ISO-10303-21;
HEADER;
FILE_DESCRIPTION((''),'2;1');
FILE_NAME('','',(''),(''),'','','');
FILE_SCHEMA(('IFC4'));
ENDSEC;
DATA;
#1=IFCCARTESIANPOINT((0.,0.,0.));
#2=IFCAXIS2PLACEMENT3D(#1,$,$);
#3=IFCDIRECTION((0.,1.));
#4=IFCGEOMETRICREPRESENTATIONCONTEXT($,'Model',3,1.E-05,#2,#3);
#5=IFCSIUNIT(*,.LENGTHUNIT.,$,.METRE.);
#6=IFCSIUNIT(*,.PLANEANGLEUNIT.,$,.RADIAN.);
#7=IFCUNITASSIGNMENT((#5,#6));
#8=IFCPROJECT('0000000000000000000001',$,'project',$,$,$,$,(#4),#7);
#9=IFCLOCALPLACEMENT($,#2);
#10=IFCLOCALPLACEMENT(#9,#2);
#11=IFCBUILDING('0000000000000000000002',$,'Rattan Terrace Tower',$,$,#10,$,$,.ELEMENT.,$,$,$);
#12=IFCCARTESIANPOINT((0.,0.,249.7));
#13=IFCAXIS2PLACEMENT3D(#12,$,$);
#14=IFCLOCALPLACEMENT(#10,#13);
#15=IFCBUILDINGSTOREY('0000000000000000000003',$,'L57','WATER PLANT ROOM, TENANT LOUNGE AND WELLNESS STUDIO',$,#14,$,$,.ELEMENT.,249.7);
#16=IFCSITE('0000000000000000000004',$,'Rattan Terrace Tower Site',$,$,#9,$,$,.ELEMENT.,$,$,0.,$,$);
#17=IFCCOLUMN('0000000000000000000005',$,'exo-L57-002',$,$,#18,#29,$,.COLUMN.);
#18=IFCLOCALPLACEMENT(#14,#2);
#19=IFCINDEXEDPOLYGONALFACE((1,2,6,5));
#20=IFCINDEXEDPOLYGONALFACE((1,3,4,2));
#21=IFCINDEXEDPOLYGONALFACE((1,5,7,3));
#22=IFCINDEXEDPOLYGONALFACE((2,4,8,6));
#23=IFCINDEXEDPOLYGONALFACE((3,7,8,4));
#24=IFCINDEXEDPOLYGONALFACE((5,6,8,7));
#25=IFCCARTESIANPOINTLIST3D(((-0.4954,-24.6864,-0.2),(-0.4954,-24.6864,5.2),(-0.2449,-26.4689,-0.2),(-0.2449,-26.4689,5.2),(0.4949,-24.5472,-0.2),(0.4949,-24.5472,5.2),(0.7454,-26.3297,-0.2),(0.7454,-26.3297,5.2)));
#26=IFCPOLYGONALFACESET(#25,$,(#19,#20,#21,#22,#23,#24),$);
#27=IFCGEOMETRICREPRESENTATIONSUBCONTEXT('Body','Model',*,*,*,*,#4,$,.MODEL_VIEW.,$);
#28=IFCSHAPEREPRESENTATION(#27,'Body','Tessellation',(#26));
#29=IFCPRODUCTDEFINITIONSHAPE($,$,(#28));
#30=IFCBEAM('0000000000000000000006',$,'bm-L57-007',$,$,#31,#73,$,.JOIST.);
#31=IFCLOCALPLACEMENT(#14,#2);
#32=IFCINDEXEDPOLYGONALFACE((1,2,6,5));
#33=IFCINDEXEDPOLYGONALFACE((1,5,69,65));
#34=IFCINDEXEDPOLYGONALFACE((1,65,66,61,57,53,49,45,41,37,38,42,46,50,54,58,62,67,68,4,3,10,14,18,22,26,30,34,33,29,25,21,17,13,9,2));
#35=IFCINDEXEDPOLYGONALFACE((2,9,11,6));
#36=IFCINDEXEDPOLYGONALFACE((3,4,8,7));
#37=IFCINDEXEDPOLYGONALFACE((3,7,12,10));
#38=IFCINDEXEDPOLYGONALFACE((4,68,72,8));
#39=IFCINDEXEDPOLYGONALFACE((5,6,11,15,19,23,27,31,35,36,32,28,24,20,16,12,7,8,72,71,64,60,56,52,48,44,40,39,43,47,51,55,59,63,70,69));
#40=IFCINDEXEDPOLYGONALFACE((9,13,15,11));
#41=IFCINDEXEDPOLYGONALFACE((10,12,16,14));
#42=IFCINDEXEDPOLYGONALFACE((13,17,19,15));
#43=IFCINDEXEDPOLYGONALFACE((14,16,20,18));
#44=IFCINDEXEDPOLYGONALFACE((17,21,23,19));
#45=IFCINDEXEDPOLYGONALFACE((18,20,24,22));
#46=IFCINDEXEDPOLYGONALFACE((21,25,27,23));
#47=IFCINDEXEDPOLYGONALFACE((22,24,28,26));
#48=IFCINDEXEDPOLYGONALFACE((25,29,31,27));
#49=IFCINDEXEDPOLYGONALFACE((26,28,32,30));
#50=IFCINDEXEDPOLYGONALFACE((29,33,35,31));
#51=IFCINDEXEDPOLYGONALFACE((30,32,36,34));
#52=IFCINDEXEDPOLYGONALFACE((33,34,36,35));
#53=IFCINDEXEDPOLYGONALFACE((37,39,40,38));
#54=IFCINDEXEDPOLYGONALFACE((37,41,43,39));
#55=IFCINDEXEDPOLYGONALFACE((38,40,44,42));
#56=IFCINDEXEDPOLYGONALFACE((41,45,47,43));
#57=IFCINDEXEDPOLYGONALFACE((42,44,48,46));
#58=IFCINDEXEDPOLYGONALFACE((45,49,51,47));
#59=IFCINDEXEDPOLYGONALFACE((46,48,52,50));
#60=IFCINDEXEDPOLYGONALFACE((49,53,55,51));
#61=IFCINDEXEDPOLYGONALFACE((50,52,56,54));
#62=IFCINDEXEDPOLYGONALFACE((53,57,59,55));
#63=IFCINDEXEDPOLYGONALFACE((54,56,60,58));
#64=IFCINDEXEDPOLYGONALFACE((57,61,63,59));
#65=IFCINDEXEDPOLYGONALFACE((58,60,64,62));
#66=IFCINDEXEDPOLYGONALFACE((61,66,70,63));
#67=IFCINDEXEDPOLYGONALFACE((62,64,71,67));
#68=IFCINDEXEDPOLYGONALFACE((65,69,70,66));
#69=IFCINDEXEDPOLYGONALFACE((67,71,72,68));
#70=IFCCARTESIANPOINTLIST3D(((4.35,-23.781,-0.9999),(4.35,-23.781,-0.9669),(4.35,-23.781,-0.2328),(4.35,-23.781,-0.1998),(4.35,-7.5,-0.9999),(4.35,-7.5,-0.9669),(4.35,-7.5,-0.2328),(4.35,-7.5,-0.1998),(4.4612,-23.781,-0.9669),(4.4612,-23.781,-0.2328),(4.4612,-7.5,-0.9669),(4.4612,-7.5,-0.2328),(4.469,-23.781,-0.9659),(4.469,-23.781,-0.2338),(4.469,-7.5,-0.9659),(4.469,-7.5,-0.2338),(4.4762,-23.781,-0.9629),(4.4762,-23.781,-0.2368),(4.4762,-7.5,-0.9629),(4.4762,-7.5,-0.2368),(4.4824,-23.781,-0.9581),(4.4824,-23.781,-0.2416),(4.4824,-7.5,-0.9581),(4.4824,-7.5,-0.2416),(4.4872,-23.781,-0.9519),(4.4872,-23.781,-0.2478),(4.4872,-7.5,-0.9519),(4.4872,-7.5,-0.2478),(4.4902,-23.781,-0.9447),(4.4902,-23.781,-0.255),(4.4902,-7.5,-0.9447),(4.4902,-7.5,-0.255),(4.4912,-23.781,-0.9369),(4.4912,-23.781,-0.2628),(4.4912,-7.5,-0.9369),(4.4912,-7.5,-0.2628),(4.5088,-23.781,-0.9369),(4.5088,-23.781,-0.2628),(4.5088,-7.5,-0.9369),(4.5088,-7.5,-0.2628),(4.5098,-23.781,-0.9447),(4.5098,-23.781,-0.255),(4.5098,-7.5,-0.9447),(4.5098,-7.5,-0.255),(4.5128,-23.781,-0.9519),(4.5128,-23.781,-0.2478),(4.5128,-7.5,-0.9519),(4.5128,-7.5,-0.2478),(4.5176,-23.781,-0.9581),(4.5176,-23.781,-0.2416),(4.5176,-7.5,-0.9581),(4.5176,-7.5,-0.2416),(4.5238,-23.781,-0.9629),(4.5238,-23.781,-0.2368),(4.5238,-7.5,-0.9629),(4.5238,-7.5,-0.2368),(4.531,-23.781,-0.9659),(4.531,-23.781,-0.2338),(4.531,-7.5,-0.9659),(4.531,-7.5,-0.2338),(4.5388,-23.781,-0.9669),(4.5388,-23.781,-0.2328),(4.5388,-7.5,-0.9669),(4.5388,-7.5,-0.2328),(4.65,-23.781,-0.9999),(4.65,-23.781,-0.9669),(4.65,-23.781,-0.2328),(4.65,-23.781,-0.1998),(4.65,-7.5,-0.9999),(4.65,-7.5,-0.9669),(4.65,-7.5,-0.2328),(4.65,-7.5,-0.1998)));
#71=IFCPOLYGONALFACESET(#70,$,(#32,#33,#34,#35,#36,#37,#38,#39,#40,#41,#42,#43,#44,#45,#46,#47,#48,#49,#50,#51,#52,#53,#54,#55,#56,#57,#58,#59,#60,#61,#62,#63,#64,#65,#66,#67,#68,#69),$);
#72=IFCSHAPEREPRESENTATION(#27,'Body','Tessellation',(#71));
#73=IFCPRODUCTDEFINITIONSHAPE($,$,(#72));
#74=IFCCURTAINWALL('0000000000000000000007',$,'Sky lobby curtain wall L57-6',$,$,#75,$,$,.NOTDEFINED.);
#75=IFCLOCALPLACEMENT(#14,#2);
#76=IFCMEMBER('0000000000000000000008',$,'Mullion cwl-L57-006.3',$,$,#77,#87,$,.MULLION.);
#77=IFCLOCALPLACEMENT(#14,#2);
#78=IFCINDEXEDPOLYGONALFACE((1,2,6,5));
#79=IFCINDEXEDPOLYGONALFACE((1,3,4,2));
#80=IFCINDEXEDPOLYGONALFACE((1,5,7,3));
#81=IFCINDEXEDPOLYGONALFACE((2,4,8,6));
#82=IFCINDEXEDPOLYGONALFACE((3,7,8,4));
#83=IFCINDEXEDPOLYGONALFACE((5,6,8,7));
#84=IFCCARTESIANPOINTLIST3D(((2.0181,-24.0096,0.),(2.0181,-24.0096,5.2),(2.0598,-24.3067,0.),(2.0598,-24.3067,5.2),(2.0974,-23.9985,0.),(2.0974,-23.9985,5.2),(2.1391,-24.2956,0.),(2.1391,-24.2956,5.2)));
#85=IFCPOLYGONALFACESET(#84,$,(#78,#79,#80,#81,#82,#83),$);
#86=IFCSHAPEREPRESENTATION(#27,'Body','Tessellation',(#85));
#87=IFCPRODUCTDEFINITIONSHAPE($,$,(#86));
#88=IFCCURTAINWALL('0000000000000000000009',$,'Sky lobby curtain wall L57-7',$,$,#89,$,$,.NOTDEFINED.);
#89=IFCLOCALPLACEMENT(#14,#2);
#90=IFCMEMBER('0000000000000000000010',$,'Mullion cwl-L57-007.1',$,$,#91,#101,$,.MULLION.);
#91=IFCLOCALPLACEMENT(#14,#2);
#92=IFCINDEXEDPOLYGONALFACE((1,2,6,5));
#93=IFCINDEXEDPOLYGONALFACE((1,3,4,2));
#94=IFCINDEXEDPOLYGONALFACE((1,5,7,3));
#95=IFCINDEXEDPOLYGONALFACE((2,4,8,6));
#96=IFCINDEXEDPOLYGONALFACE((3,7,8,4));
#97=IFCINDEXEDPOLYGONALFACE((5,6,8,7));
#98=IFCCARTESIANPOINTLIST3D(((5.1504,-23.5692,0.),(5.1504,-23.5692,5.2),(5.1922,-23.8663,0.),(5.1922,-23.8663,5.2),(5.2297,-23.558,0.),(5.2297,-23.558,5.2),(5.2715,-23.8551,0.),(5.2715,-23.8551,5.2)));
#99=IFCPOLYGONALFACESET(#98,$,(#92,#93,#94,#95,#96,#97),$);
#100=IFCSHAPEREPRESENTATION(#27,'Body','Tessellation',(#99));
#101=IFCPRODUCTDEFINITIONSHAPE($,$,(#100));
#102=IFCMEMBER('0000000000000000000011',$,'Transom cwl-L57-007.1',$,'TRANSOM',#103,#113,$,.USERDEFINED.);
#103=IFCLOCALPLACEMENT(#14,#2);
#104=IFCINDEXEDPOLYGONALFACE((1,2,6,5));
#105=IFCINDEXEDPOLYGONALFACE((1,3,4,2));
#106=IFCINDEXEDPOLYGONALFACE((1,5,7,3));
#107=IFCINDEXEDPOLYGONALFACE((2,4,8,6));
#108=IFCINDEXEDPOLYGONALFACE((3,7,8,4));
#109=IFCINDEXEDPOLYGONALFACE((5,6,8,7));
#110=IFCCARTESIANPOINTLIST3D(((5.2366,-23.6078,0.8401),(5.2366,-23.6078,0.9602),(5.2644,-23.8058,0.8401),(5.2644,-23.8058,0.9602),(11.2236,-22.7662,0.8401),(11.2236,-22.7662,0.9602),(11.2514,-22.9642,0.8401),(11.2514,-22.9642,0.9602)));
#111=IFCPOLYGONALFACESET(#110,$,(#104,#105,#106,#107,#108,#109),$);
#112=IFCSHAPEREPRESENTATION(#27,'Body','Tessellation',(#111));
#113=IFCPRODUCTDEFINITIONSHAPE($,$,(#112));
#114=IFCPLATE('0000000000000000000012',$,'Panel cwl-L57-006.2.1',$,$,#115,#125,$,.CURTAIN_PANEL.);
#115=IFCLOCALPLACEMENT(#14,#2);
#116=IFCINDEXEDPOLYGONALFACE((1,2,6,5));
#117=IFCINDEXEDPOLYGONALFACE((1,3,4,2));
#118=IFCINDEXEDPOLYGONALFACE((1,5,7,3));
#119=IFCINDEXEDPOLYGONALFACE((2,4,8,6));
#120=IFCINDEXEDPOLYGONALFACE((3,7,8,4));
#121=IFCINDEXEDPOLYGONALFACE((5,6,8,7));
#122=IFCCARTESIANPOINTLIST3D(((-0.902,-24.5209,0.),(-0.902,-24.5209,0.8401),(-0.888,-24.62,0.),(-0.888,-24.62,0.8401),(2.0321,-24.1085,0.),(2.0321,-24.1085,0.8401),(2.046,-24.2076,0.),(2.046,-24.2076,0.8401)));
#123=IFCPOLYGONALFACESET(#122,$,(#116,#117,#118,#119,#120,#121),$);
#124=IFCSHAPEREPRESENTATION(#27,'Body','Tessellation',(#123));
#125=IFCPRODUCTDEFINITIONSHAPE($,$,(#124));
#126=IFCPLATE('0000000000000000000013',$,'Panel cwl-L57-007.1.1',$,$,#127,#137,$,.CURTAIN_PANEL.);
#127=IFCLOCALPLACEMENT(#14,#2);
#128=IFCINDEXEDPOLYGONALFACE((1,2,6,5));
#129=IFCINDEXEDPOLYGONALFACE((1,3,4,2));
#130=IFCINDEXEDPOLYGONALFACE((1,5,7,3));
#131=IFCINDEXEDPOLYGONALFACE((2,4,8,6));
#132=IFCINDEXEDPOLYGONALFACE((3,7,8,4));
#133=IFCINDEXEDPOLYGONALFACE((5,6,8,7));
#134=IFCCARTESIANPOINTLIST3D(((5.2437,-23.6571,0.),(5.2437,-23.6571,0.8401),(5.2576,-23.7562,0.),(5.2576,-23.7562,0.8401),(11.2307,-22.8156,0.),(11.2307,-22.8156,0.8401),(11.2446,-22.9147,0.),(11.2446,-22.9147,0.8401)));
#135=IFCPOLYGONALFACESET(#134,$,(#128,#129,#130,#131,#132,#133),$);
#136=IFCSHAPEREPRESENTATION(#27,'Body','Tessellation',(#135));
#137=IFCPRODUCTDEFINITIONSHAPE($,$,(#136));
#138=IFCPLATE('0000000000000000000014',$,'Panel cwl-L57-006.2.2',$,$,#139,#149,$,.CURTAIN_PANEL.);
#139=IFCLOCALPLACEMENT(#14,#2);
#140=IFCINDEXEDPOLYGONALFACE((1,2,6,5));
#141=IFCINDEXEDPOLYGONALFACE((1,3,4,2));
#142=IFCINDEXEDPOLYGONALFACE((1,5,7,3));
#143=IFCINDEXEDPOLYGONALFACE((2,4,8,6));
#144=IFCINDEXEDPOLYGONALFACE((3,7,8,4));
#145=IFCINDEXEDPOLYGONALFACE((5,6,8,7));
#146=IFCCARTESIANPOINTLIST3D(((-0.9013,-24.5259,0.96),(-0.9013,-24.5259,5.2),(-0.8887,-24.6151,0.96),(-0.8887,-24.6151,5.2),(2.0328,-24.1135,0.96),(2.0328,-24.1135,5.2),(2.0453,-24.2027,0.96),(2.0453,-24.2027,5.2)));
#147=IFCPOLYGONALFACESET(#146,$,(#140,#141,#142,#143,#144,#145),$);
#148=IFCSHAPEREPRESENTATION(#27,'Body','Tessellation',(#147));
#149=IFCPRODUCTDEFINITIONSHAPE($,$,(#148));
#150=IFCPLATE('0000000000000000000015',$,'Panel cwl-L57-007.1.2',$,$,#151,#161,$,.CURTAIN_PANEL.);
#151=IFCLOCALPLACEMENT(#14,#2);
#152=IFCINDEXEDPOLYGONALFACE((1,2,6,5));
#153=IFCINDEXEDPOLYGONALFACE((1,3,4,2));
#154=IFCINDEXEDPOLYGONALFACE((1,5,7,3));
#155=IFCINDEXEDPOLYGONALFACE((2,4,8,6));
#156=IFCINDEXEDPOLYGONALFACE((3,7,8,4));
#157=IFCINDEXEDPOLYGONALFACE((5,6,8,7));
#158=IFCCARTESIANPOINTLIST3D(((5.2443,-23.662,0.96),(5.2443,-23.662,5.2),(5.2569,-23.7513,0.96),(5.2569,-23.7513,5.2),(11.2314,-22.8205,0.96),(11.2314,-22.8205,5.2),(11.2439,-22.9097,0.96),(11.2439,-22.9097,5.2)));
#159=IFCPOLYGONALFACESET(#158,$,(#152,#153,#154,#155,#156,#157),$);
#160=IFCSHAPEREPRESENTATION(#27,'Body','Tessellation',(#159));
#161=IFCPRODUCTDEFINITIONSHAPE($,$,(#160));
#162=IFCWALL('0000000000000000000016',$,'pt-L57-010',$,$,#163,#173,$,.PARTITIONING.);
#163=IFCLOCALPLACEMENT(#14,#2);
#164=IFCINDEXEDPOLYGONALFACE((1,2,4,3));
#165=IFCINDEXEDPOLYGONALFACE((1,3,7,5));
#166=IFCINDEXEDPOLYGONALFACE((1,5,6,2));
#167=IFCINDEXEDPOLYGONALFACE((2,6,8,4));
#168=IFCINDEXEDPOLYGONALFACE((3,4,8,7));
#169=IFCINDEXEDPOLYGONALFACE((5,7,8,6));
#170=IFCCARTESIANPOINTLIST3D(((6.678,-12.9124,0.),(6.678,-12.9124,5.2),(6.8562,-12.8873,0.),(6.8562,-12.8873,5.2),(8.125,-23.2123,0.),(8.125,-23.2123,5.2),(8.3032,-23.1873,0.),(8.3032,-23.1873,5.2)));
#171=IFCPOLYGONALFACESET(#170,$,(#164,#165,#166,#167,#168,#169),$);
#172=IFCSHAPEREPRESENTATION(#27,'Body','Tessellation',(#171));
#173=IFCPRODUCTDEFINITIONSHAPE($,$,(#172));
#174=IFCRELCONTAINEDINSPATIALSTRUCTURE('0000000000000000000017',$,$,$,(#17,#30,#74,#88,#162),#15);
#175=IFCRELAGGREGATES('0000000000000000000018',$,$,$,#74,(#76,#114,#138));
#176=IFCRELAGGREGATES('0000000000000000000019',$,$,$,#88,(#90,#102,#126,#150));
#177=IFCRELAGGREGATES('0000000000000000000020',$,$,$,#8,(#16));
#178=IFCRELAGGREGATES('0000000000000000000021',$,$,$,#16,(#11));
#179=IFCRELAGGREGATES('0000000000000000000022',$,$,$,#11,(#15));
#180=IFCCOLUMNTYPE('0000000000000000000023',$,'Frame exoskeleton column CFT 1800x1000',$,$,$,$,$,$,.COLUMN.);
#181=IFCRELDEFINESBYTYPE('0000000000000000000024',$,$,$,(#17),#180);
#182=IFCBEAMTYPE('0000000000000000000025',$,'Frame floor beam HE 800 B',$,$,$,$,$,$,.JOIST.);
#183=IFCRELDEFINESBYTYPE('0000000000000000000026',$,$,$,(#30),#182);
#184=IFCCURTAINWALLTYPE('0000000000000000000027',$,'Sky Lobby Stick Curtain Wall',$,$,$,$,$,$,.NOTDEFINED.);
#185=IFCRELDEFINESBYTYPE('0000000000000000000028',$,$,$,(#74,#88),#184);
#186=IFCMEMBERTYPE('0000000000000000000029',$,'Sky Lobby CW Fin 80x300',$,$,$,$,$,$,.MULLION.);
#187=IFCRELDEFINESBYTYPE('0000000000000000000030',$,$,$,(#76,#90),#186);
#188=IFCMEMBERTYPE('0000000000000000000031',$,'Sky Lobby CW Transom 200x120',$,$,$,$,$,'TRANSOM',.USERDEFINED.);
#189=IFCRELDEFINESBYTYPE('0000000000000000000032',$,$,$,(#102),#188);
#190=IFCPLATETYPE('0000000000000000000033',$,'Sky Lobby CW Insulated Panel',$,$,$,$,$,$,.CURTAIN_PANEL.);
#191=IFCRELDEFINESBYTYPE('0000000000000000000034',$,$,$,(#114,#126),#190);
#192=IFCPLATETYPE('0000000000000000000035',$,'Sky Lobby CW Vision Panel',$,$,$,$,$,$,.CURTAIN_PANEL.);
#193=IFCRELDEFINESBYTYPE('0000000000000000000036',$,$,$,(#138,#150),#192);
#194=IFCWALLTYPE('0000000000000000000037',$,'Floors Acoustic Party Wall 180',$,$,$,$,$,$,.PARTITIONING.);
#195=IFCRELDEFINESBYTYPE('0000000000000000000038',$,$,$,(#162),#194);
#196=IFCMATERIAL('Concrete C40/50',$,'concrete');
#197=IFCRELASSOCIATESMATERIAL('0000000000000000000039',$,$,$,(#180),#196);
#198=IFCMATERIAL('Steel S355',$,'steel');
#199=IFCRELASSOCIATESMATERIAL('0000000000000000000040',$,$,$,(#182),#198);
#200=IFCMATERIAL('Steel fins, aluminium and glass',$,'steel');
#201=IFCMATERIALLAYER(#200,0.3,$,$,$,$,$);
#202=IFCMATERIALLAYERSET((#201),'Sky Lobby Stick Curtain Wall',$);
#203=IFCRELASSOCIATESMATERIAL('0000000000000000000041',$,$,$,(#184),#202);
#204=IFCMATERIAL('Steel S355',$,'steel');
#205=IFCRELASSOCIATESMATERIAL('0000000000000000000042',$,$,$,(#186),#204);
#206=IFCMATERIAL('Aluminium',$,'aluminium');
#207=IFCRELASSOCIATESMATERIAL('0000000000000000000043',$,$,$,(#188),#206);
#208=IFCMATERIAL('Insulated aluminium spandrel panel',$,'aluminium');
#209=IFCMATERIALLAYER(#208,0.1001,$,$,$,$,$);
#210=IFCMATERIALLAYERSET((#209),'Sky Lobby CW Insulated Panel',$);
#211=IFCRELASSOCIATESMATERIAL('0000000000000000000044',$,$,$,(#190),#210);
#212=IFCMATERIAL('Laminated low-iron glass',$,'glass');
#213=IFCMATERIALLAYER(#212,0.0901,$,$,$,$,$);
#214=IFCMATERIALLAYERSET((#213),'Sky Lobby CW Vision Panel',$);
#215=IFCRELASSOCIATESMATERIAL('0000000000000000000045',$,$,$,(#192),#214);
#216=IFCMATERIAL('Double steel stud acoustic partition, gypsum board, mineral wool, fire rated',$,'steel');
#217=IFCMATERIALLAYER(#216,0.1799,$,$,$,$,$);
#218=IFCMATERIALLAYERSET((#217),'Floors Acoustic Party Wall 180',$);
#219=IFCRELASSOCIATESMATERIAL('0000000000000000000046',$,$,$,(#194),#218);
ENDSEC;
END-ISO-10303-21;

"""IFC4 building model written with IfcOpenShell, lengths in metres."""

from ifc_helpers import new_model, si_unit, direction, frame, frame_2d, origin, origin_2d, place, context, subcontext, project, spatial, rectangle, i_section, extrude, material, layer, layer_set, material_profile, profile_set, type_object, element, aggregate, save


model = new_model("IFC4")

# Units and contexts
model_context = context("Model", 3, precision=1e-05, world=origin(), true_north=direction((0.0, 1.0)))
body_context = subcontext(model_context, "Body", "Model", "MODEL_VIEW")
ifc_project = project(units=[si_unit("LENGTHUNIT", "METRE"), si_unit("PLANEANGLEUNIT", "RADIAN")], contexts=[model_context])

# Site, building, storey
site_placement = place(None, origin())
site = spatial("IfcSite", under=ifc_project, at=site_placement, Name="Rattan Terrace Tower Site", CompositionType="ELEMENT", RefElevation=0.0)
building_placement = place(site_placement, origin())
building = spatial("IfcBuilding", under=site, at=building_placement, Name="Rattan Terrace Tower", CompositionType="ELEMENT")
storey_placement = place(building_placement, frame((0.0, 0.0, 249.7)))
storey = spatial("IfcBuildingStorey", under=building, at=storey_placement, Name="L57", Description="WATER PLANT ROOM, TENANT LOUNGE AND WELLNESS STUDIO", CompositionType="ELEMENT", Elevation=249.7)

# Column
ifc_material_1 = material(Name="Concrete C40/50", Category="concrete")
ifc_material_profile_1 = material_profile(ifc_material_1, rectangle(XDim=1.0, YDim=1.8, at=origin_2d()), Name="CFT 1800x1000")
ifc_profile_set_1 = profile_set([ifc_material_profile_1], Name="Concrete C40/50")
column_type = type_object("IfcColumnType", Name="Frame exoskeleton column CFT 1800x1000", PredefinedType="COLUMN", material=ifc_profile_set_1)
column_placement = place(storey_placement, frame((0.125, -25.5081, -0.2), z_axis=(0.0, 0.0, 1.0), x_axis=(0.990266, 0.13919, 0.0)))
element("IfcColumn", 1, at=column_placement, inside=storey, type_object=column_type, Name="exo-L57-002", PredefinedType="COLUMN", context=body_context, shape_type="SweptSolid", body=[
    extrude(rectangle(XDim=1.0, YDim=1.8, at=origin_2d()), origin(), (0.0, 0.0, 1.0), 5.3999),
])

# Beam
ifc_material_2 = material(Name="Steel S355", Category="steel")
ifc_material_profile_2 = material_profile(ifc_material_2, i_section(OverallWidth=0.3, OverallDepth=0.8, WebThickness=0.0176, FlangeThickness=0.033, FilletRadius=0.03, at=origin_2d()), Name="HE 800 B")
ifc_profile_set_2 = profile_set([ifc_material_profile_2], Name="Steel S355")
beam_type = type_object("IfcBeamType", Name="Frame floor beam HE 800 B", PredefinedType="JOIST", material=ifc_profile_set_2)
beam_placement = place(storey_placement, frame((4.5, -23.781, -0.5999), z_axis=(0.0, 1.0, 0.0), x_axis=(-1.0, 0.0, 0.0)))
element("IfcBeam", 2, at=beam_placement, inside=storey, type_object=beam_type, Name="bm-L57-007", PredefinedType="JOIST", context=body_context, shape_type="SweptSolid", body=[
    extrude(i_section(OverallWidth=0.3, OverallDepth=0.8, WebThickness=0.0176, FlangeThickness=0.033, FilletRadius=0.03, at=origin_2d()), origin(), (0.0, 0.0, 1.0), 16.281),
])

# Curtain wall, member
ifc_material_3 = material(Name="Steel fins, aluminium and glass", Category="steel")
ifc_layer_1 = layer(ifc_material_3, 0.3)
ifc_layer_set_1 = layer_set([ifc_layer_1], Name="Sky Lobby Stick Curtain Wall")
curtain_wall_type = type_object("IfcCurtainWallType", Name="Sky Lobby Stick Curtain Wall", PredefinedType="NOTDEFINED", material=ifc_layer_set_1)
curtain_wall_1_placement = place(storey_placement, origin())
curtain_wall_1 = element("IfcCurtainWall", 3, at=curtain_wall_1_placement, inside=storey, type_object=curtain_wall_type, Name="Sky lobby curtain wall L57-6", PredefinedType="NOTDEFINED")
ifc_material_4 = material(Name="Steel S355", Category="steel")
ifc_material_profile_3 = material_profile(ifc_material_4, rectangle(XDim=0.0801, YDim=0.3, at=origin_2d()), Name="Steel S355 80x300")
ifc_profile_set_3 = profile_set([ifc_material_profile_3], Name="Steel S355")
member_type_1 = type_object("IfcMemberType", Name="Sky Lobby CW Fin 80x300", PredefinedType="MULLION", material=ifc_profile_set_3)
member_1_placement = place(storey_placement, frame((2.0786, -24.1526, 0.0), z_axis=(0.0, 0.0, 1.0), x_axis=(0.990266, 0.139189, 0.0)))
member_1 = element("IfcMember", 4, at=member_1_placement, type_object=member_type_1, Name="Mullion cwl-L57-006.3", PredefinedType="MULLION", context=body_context, shape_type="SweptSolid", body=[
    extrude(rectangle(XDim=0.0801, YDim=0.3, at=origin_2d()), origin(), (0.0, 0.0, 1.0), 5.2),
])

# Curtain wall, members
curtain_wall_2_placement = place(storey_placement, origin())
curtain_wall_2 = element("IfcCurtainWall", 5, at=curtain_wall_2_placement, inside=storey, type_object=curtain_wall_type, Name="Sky lobby curtain wall L57-7", PredefinedType="NOTDEFINED")
member_2_placement = place(storey_placement, frame((5.2109, -23.7122, 0.0), z_axis=(0.0, 0.0, 1.0), x_axis=(0.990266, 0.139189, 0.0)))
member_2 = element("IfcMember", 6, at=member_2_placement, type_object=member_type_1, Name="Mullion cwl-L57-007.1", PredefinedType="MULLION", context=body_context, shape_type="SweptSolid", body=[
    extrude(rectangle(XDim=0.0801, YDim=0.3, at=origin_2d()), origin(), (0.0, 0.0, 1.0), 5.2),
])
ifc_material_5 = material(Name="Aluminium", Category="aluminium")
ifc_material_profile_4 = material_profile(ifc_material_5, rectangle(XDim=0.2, YDim=0.1201, at=origin_2d()), Name="Aluminium 200x120")
ifc_profile_set_4 = profile_set([ifc_material_profile_4], Name="Aluminium")
member_type_2 = type_object("IfcMemberType", Name="Sky Lobby CW Transom 200x120", ElementType="TRANSOM", PredefinedType="USERDEFINED", material=ifc_profile_set_4)
member_3_placement = place(storey_placement, frame((5.2505, -23.7068, 0.9001), z_axis=(0.990265, 0.139194, 0.0), x_axis=(-0.139194, 0.990265, 0.0)))
member_3 = element("IfcMember", 7, at=member_3_placement, type_object=member_type_2, Name="Transom cwl-L57-007.1", ObjectType="TRANSOM", PredefinedType="USERDEFINED", context=body_context, shape_type="SweptSolid", body=[
    extrude(rectangle(XDim=0.2, YDim=0.1201, at=origin_2d()), origin(), (0.0, 0.0, 1.0), 6.0459),
])

# Plates
ifc_material_6 = material(Name="Insulated aluminium spandrel panel", Category="aluminium")
ifc_layer_2 = layer(ifc_material_6, 0.1001)
ifc_layer_set_2 = layer_set([ifc_layer_2], Name="Sky Lobby CW Insulated Panel")
plate_type_1 = type_object("IfcPlateType", Name="Sky Lobby CW Insulated Panel", PredefinedType="CURTAIN_PANEL", material=ifc_layer_set_2)
plate_1_placement = place(storey_placement, frame((0.572, -24.3643, 0.0), z_axis=(0.0, 0.0, 1.0), x_axis=(0.990266, 0.139189, 0.0)))
plate_1 = element("IfcPlate", 8, at=plate_1_placement, type_object=plate_type_1, Name="Panel cwl-L57-006.2.1", PredefinedType="CURTAIN_PANEL", context=body_context, shape_type="SweptSolid", body=[
    extrude(rectangle(XDim=2.9629, YDim=0.1001, at=origin_2d()), origin(), (0.0, 0.0, 1.0), 0.8401),
])
plate_2_placement = place(storey_placement, frame((8.2441, -23.2859, 0.0), z_axis=(0.0, 0.0, 1.0), x_axis=(0.990266, 0.139189, 0.0)))
plate_2 = element("IfcPlate", 9, at=plate_2_placement, type_object=plate_type_1, Name="Panel cwl-L57-007.1.1", PredefinedType="CURTAIN_PANEL", context=body_context, shape_type="SweptSolid", body=[
    extrude(rectangle(XDim=6.0459, YDim=0.1001, at=origin_2d()), origin(), (0.0, 0.0, 1.0), 0.8401),
])
ifc_material_7 = material(Name="Laminated low-iron glass", Category="glass")
ifc_layer_3 = layer(ifc_material_7, 0.0901)
ifc_layer_set_3 = layer_set([ifc_layer_3], Name="Sky Lobby CW Vision Panel")
plate_type_2 = type_object("IfcPlateType", Name="Sky Lobby CW Vision Panel", PredefinedType="CURTAIN_PANEL", material=ifc_layer_set_3)
plate_3_placement = place(storey_placement, frame((0.572, -24.3643, 0.96), z_axis=(0.0, 0.0, 1.0), x_axis=(0.990266, 0.139189, 0.0)))
plate_3 = element("IfcPlate", 10, at=plate_3_placement, type_object=plate_type_2, Name="Panel cwl-L57-006.2.2", PredefinedType="CURTAIN_PANEL", context=body_context, shape_type="SweptSolid", body=[
    extrude(rectangle(XDim=2.9629, YDim=0.0901, at=origin_2d()), origin(), (0.0, 0.0, 1.0), 4.24),
])
aggregate(curtain_wall_1, [member_1, plate_1, plate_3])
plate_4_placement = place(storey_placement, frame((8.2441, -23.2859, 0.96), z_axis=(0.0, 0.0, 1.0), x_axis=(0.990266, 0.139189, 0.0)))
plate_4 = element("IfcPlate", 11, at=plate_4_placement, type_object=plate_type_2, Name="Panel cwl-L57-007.1.2", PredefinedType="CURTAIN_PANEL", context=body_context, shape_type="SweptSolid", body=[
    extrude(rectangle(XDim=6.0459, YDim=0.0901, at=origin_2d()), origin(), (0.0, 0.0, 1.0), 4.24),
])
aggregate(curtain_wall_2, [member_2, member_3, plate_2, plate_4])

# Wall
ifc_material_8 = material(Name="Double steel stud acoustic partition, gypsum board, mineral wool, fire rated", Category="steel")
ifc_layer_4 = layer(ifc_material_8, 0.1799)
ifc_layer_set_4 = layer_set([ifc_layer_4], Name="Floors Acoustic Party Wall 180")
wall_type_1 = type_object("IfcWallType", Name="Floors Acoustic Party Wall 180", PredefinedType="PARTITIONING", material=ifc_layer_set_4)
wall_1_placement = place(storey_placement, frame((8.2141, -23.2, 0.0), z_axis=(0.0, 0.0, 1.0), x_axis=(-0.139121, 0.990275, 0.0)))
element("IfcWall", 12, at=wall_1_placement, inside=storey, type_object=wall_type_1, Name="pt-L57-010", PredefinedType="PARTITIONING", context=body_context, shape_type="SweptSolid", body=[
    extrude(rectangle(XDim=10.4011, YDim=0.1799, at=frame_2d((5.2007, 0.0))), origin(), (0.0, 0.0, 1.0), 5.2),
])

save(model, "model.ifc")
